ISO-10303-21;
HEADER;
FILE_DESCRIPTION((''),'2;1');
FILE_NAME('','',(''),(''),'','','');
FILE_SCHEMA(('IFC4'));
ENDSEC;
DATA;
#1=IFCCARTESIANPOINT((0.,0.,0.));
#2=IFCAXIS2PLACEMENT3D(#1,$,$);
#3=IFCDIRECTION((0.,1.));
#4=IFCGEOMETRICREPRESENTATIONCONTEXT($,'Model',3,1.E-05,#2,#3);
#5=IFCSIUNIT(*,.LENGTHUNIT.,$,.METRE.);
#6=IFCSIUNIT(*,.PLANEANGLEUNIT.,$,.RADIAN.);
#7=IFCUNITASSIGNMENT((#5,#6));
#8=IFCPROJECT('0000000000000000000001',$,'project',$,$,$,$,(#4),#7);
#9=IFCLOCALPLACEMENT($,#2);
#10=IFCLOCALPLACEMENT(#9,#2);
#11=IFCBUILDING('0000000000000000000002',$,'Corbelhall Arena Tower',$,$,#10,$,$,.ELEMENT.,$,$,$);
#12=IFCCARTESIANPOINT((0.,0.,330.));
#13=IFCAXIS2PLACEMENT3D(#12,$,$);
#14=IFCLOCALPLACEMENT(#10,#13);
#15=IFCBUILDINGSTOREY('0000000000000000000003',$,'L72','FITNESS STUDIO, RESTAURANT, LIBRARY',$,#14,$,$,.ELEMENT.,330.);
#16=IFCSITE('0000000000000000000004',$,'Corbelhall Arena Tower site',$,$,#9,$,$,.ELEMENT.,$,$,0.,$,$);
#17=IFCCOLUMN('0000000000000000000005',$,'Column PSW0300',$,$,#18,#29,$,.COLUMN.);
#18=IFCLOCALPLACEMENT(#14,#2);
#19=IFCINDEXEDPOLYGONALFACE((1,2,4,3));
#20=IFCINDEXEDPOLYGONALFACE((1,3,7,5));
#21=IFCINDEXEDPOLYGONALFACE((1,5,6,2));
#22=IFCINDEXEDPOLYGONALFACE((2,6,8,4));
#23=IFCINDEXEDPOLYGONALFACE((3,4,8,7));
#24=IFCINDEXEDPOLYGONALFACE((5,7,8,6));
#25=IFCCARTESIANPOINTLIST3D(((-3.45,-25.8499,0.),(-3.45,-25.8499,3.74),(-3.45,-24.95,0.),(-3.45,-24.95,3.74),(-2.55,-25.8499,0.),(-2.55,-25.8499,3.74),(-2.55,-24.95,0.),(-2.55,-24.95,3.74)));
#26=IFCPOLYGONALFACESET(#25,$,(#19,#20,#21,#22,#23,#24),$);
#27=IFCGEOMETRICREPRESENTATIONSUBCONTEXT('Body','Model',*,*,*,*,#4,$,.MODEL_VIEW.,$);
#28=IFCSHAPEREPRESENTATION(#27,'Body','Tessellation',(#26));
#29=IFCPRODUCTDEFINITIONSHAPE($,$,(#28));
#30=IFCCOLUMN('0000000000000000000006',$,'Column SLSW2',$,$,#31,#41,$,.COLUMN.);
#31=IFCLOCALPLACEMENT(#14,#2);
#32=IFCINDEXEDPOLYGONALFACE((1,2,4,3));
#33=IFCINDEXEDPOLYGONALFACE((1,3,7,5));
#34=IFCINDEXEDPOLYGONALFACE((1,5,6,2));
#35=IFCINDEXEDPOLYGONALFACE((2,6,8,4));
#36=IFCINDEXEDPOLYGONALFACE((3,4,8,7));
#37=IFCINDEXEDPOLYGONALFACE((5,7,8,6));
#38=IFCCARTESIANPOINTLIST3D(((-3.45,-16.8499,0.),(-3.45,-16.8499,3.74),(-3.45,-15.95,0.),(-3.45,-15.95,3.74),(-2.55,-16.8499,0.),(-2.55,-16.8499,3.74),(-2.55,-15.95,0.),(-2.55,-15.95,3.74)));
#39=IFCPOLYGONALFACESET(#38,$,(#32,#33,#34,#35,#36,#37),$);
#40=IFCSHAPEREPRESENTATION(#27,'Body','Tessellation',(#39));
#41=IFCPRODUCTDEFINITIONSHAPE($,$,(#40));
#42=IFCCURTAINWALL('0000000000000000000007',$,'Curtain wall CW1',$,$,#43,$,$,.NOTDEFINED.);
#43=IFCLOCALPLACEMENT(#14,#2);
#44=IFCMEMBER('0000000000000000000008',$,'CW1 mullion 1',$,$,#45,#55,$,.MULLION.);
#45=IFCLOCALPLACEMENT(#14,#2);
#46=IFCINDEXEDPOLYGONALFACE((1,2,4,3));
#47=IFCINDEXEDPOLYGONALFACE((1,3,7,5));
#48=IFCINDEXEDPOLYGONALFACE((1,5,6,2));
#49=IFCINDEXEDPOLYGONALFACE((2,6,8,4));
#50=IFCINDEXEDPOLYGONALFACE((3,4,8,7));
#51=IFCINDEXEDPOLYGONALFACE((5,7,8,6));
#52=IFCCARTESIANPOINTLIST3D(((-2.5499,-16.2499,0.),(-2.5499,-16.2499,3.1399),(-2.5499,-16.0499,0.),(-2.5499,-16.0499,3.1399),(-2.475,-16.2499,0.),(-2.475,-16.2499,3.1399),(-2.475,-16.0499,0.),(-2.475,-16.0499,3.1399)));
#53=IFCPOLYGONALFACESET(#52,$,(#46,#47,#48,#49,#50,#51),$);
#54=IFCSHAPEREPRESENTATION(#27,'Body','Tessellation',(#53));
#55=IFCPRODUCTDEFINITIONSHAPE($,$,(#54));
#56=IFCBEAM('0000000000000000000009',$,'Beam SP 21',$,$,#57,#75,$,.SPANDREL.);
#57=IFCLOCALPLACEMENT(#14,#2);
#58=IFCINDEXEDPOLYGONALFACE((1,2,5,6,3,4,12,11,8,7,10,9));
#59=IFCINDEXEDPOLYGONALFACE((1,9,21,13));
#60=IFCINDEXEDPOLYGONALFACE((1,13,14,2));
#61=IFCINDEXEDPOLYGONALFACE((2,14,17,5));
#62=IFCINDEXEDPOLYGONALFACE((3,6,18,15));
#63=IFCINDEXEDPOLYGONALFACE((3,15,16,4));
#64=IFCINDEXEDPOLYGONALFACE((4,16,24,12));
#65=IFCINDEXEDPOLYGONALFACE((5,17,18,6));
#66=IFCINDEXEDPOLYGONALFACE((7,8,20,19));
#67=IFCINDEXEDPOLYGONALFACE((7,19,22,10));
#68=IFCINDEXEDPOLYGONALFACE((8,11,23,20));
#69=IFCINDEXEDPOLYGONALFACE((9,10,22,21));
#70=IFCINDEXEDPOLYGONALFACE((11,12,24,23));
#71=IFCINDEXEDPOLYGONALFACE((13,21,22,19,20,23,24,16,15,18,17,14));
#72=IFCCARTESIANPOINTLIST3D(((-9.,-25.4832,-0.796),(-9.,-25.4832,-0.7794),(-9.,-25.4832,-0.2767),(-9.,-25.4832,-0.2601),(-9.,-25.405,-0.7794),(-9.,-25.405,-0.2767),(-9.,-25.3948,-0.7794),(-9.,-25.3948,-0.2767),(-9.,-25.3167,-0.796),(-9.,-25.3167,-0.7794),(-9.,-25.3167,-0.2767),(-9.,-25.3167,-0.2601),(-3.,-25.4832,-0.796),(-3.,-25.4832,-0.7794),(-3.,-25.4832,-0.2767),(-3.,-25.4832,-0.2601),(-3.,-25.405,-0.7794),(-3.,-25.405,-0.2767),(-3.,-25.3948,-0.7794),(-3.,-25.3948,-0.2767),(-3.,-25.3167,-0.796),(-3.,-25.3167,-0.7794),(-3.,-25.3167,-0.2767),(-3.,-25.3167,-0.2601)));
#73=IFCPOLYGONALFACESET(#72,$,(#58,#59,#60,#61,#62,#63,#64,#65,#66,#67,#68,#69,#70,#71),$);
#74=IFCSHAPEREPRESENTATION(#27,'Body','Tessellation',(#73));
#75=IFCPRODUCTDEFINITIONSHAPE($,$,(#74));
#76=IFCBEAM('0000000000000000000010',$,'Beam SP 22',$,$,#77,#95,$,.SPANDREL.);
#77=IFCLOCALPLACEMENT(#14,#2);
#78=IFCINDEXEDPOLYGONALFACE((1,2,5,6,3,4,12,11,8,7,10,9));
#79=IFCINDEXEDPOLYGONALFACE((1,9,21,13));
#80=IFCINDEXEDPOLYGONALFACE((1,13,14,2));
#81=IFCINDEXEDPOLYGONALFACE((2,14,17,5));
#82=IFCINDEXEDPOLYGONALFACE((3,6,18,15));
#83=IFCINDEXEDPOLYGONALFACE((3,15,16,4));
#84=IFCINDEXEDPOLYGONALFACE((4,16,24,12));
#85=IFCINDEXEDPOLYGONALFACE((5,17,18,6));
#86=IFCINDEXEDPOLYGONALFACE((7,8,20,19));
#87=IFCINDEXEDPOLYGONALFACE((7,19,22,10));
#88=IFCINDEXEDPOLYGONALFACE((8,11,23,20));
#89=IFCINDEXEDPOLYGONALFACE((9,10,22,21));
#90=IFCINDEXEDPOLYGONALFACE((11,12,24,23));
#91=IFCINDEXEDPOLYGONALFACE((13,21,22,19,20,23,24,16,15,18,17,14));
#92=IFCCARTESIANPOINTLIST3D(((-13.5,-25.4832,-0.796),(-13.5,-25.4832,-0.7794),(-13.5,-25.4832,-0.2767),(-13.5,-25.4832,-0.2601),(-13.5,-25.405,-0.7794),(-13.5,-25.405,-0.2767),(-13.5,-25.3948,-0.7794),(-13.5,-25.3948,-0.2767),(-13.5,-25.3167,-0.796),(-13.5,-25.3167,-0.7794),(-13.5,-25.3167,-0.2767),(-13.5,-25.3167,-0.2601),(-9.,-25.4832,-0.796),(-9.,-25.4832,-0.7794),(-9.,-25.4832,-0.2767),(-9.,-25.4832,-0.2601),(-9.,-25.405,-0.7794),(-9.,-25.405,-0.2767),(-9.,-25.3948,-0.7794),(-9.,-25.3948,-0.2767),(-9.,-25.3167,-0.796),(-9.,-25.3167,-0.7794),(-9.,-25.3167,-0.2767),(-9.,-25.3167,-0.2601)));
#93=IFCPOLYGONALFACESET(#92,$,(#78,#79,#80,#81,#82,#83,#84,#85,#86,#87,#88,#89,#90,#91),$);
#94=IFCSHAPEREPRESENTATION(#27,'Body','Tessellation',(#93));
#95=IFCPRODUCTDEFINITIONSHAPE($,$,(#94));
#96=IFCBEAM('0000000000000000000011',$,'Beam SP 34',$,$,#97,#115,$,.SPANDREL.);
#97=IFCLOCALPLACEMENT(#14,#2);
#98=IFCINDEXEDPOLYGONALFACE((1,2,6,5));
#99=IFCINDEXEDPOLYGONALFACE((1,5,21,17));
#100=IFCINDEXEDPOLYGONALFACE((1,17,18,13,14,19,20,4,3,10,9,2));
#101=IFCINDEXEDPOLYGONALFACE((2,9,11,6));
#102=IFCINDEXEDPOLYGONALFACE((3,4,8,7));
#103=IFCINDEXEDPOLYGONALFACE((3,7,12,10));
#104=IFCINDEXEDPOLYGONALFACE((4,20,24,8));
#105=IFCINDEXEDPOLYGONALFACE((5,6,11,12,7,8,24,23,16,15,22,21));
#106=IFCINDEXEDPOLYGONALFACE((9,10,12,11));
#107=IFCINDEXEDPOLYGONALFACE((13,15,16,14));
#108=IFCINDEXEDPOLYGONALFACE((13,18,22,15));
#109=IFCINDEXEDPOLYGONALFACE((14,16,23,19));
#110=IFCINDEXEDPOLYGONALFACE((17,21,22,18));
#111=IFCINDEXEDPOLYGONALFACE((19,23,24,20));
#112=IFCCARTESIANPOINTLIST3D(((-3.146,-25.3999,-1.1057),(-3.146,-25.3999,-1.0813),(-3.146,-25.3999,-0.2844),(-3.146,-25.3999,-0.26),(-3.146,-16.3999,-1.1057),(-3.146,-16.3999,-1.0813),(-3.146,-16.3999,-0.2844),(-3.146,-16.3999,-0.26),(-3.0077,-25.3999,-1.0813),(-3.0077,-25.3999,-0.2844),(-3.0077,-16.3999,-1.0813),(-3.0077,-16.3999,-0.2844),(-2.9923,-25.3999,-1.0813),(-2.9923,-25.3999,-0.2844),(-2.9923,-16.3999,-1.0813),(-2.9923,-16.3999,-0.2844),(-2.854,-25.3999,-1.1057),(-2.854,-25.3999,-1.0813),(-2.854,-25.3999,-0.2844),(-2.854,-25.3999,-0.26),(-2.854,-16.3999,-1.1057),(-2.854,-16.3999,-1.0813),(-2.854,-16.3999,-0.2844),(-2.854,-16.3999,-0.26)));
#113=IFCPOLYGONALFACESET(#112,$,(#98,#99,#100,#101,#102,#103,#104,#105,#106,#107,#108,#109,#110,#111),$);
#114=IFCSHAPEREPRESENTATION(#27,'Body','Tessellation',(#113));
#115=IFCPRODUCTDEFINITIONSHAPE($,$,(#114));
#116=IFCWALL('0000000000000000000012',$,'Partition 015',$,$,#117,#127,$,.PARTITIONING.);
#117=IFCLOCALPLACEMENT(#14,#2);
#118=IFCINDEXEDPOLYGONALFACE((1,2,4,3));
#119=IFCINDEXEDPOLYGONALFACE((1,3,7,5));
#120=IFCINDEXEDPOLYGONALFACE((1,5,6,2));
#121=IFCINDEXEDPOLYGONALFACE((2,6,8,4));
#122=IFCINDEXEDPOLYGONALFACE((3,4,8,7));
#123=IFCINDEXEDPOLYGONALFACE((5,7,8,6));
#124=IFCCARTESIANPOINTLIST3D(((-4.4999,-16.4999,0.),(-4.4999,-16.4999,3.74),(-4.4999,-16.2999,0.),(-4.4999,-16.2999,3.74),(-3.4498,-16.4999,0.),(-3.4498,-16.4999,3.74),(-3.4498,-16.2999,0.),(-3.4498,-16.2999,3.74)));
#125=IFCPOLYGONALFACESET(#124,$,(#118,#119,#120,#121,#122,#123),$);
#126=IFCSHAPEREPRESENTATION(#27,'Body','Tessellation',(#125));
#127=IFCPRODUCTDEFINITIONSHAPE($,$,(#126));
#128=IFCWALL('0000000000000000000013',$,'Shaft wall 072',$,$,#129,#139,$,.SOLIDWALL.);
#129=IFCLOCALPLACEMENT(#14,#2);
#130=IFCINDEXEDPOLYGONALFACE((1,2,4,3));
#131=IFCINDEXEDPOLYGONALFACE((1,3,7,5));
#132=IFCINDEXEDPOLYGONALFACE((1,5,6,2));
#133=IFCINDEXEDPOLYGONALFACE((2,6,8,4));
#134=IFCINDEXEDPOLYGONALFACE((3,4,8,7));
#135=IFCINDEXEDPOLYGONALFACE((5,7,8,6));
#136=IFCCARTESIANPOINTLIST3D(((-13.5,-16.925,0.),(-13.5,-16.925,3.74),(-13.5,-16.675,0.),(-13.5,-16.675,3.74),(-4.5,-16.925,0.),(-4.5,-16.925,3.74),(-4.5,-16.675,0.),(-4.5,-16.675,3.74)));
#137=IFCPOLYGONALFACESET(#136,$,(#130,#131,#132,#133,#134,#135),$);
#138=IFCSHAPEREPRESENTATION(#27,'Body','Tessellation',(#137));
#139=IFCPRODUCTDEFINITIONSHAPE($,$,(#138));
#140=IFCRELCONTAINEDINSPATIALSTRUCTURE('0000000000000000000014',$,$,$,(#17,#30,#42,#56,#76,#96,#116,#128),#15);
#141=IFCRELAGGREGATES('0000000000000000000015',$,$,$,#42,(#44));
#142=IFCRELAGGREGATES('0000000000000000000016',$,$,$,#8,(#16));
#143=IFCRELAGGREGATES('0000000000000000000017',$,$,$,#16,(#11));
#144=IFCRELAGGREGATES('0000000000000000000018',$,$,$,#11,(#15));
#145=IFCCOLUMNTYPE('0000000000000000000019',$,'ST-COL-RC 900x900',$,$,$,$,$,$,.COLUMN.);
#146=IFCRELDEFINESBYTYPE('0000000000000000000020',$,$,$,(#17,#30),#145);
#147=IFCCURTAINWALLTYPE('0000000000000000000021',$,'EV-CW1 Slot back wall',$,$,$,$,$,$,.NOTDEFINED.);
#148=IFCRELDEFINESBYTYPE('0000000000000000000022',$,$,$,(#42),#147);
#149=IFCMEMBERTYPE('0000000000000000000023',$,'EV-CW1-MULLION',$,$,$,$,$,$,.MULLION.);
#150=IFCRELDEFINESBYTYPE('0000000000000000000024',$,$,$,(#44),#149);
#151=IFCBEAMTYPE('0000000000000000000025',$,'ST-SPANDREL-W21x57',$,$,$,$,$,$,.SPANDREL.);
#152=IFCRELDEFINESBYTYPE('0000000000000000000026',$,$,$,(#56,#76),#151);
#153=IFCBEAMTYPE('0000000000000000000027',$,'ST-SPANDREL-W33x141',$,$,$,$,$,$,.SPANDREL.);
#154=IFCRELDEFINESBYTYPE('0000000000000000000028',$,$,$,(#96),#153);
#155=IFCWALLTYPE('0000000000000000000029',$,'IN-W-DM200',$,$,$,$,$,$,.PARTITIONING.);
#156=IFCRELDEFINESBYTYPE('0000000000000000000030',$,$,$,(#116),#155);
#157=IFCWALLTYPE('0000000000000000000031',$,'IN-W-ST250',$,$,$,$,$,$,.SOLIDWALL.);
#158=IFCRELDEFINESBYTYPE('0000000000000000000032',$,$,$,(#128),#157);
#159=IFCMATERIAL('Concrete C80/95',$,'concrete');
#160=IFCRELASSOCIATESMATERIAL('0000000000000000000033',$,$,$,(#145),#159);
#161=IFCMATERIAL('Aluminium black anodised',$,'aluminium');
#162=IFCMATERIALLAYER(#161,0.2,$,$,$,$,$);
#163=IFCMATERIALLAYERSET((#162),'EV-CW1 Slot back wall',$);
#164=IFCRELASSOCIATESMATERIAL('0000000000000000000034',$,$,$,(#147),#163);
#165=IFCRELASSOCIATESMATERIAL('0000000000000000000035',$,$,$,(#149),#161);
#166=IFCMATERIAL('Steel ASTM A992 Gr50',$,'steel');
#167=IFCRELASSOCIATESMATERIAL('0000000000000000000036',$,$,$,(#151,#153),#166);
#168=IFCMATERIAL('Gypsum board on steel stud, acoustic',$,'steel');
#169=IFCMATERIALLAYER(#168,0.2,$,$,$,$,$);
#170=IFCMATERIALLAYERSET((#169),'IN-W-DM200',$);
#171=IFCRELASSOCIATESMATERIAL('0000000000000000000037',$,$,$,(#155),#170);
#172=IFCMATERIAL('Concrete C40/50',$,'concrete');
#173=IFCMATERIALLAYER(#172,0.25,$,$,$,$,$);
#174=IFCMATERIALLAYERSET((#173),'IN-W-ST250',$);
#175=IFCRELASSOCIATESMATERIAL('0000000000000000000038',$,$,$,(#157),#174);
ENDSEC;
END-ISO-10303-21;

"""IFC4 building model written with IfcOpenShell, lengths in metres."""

from ifc_helpers import new_model, si_unit, direction, frame, frame_2d, origin, origin_2d, place, context, subcontext, project, spatial, rectangle, i_section, extrude, material, layer, layer_set, material_profile, profile_set, type_object, element, aggregate, save


model = new_model("IFC4")

# Units and contexts
model_context = context("Model", 3, precision=1e-05, world=origin(), true_north=direction((0.0, 1.0)))
body_context = subcontext(model_context, "Body", "Model", "MODEL_VIEW")
ifc_project = project(units=[si_unit("LENGTHUNIT", "METRE"), si_unit("PLANEANGLEUNIT", "RADIAN")], contexts=[model_context])

# Site, building, storey
site_placement = place(None, origin())
site = spatial("IfcSite", under=ifc_project, at=site_placement, Name="Corbelhall Arena Tower site", CompositionType="ELEMENT", RefElevation=0.0)
building_placement = place(site_placement, origin())
building = spatial("IfcBuilding", under=site, at=building_placement, Name="Corbelhall Arena Tower", CompositionType="ELEMENT")
storey_placement = place(building_placement, frame((0.0, 0.0, 330.0)))
storey = spatial("IfcBuildingStorey", under=building, at=storey_placement, Name="L72", Description="FITNESS STUDIO, RESTAURANT, LIBRARY", CompositionType="ELEMENT", Elevation=330.0)

# Columns
ifc_material_1 = material(Name="Concrete C80/95", Category="concrete")
ifc_material_profile_1 = material_profile(ifc_material_1, rectangle(XDim=0.8999, YDim=0.8999, at=origin_2d()))
ifc_profile_set_1 = profile_set([ifc_material_profile_1], Name="Concrete C80/95")
column_type = type_object("IfcColumnType", Name="ST-COL-RC 900x900", PredefinedType="COLUMN", material=ifc_profile_set_1)
for number, where, z_axis, x_axis, name in (
    (1, (-3.0, -25.3999, 0.0), (0.0, 0.0, 1.0), (1.0, 0.0, 0.0), "Column PSW0300"),
    (2, (-3.0, -16.3999, 0.0), (0.0, 0.0, 1.0), (1.0, 0.0, 0.0), "Column SLSW2"),
):
    element("IfcColumn", number, at=place(storey_placement, frame(where, z_axis=z_axis, x_axis=x_axis)), inside=storey, type_object=column_type, Name=name, PredefinedType="COLUMN", context=body_context, shape_type="SweptSolid", body=[
        extrude(rectangle(XDim=0.8999, YDim=0.8999, at=origin_2d()), origin(), (0.0, 0.0, 1.0), 3.74),
    ])

# Curtain wall, member
ifc_material_2 = material(Name="Aluminium black anodised", Category="aluminium")
ifc_layer_1 = layer(ifc_material_2, 0.2)
ifc_layer_set_1 = layer_set([ifc_layer_1], Name="EV-CW1 Slot back wall")
curtain_wall_type = type_object("IfcCurtainWallType", Name="EV-CW1 Slot back wall", PredefinedType="NOTDEFINED", material=ifc_layer_set_1)
curtain_wall_placement = place(storey_placement, origin())
curtain_wall = element("IfcCurtainWall", 3, at=curtain_wall_placement, inside=storey, type_object=curtain_wall_type, Name="Curtain wall CW1", PredefinedType="NOTDEFINED")
ifc_material_profile_2 = material_profile(ifc_material_2, rectangle(XDim=0.2, YDim=0.075, at=origin_2d()))
ifc_profile_set_2 = profile_set([ifc_material_profile_2], Name="Aluminium black anodised")
member_type = type_object("IfcMemberType", Name="EV-CW1-MULLION", PredefinedType="MULLION", material=ifc_profile_set_2)
member_placement = place(storey_placement, frame((-2.5125, -16.1499, 0.0), z_axis=(0.0, 0.0, 1.0), x_axis=(0.0, 1.0, 0.0)))
member = element("IfcMember", 4, at=member_placement, type_object=member_type, Name="CW1 mullion 1", PredefinedType="MULLION", context=body_context, shape_type="SweptSolid", body=[
    extrude(rectangle(XDim=0.2, YDim=0.075, at=origin_2d()), origin(), (0.0, 0.0, 1.0), 3.1399),
])
aggregate(curtain_wall, [member])

# Beams
ifc_material_3 = material(Name="Steel ASTM A992 Gr50", Category="steel")
ifc_material_profile_3 = material_profile(ifc_material_3, i_section(OverallWidth=0.1665, OverallDepth=0.5359, WebThickness=0.0103, FlangeThickness=0.0166, at=origin_2d()))
ifc_profile_set_3 = profile_set([ifc_material_profile_3], Name="Steel ASTM A992 Gr50")
beam_type_1 = type_object("IfcBeamType", Name="ST-SPANDREL-W21x57", PredefinedType="SPANDREL", material=ifc_profile_set_3)
beam_1_placement = place(storey_placement, frame((-3.0, -25.3999, -0.5281), z_axis=(-1.0, 0.0, 0.0), x_axis=(0.0, -1.0, 0.0)))
element("IfcBeam", 5, at=beam_1_placement, inside=storey, type_object=beam_type_1, Name="Beam SP 21", PredefinedType="SPANDREL", context=body_context, shape_type="SweptSolid", body=[
    extrude(i_section(OverallWidth=0.1665, OverallDepth=0.5359, WebThickness=0.0103, FlangeThickness=0.0166, at=origin_2d()), origin(), (0.0, 0.0, 1.0), 6.0),
])
beam_2_placement = place(storey_placement, frame((-9.0, -25.3999, -0.5281), z_axis=(-1.0, 0.0, 0.0), x_axis=(0.0, -1.0, 0.0)))
element("IfcBeam", 6, at=beam_2_placement, inside=storey, type_object=beam_type_1, Name="Beam SP 22", PredefinedType="SPANDREL", context=body_context, shape_type="SweptSolid", body=[
    extrude(i_section(OverallWidth=0.1665, OverallDepth=0.5359, WebThickness=0.0103, FlangeThickness=0.0166, at=origin_2d()), origin(), (0.0, 0.0, 1.0), 4.5),
])
ifc_material_profile_4 = material_profile(ifc_material_3, i_section(OverallWidth=0.292, OverallDepth=0.8457, WebThickness=0.0154, FlangeThickness=0.0244, at=origin_2d()))
ifc_profile_set_4 = profile_set([ifc_material_profile_4], Name="Steel ASTM A992 Gr50")
beam_type_2 = type_object("IfcBeamType", Name="ST-SPANDREL-W33x141", PredefinedType="SPANDREL", material=ifc_profile_set_4)
beam_3_placement = place(storey_placement, frame((-3.0, -16.3999, -0.6829), z_axis=(0.0, -1.0, 0.0), x_axis=(1.0, 0.0, 0.0)))
element("IfcBeam", 7, at=beam_3_placement, inside=storey, type_object=beam_type_2, Name="Beam SP 34", PredefinedType="SPANDREL", context=body_context, shape_type="SweptSolid", body=[
    extrude(i_section(OverallWidth=0.292, OverallDepth=0.8457, WebThickness=0.0154, FlangeThickness=0.0244, at=origin_2d()), origin(), (0.0, 0.0, 1.0), 9.0),
])

# Walls
ifc_material_4 = material(Name="Gypsum board on steel stud, acoustic", Category="steel")
ifc_layer_2 = layer(ifc_material_4, 0.2)
ifc_layer_set_2 = layer_set([ifc_layer_2], Name="IN-W-DM200")
wall_type_1 = type_object("IfcWallType", Name="IN-W-DM200", PredefinedType="PARTITIONING", material=ifc_layer_set_2)
wall_1_placement = place(storey_placement, frame((-3.45, -16.3999, 0.0), z_axis=(0.0, 0.0, 1.0), x_axis=(-1.0, 0.0, 0.0)))
element("IfcWall", 8, at=wall_1_placement, inside=storey, type_object=wall_type_1, Name="Partition 015", PredefinedType="PARTITIONING", context=body_context, shape_type="SweptSolid", body=[
    extrude(rectangle(XDim=1.05, YDim=0.2, at=frame_2d((0.5249, 0.0))), origin(), (0.0, 0.0, 1.0), 3.74),
])
ifc_material_5 = material(Name="Concrete C40/50", Category="concrete")
ifc_layer_3 = layer(ifc_material_5, 0.25)
ifc_layer_set_3 = layer_set([ifc_layer_3], Name="IN-W-ST250")
wall_type_2 = type_object("IfcWallType", Name="IN-W-ST250", PredefinedType="SOLIDWALL", material=ifc_layer_set_3)
wall_2_placement = place(storey_placement, frame((-4.5, -16.8, 0.0), z_axis=(0.0, 0.0, 1.0), x_axis=(-1.0, 0.0, 0.0)))
element("IfcWall", 9, at=wall_2_placement, inside=storey, type_object=wall_type_2, Name="Shaft wall 072", PredefinedType="SOLIDWALL", context=body_context, shape_type="SweptSolid", body=[
    extrude(rectangle(XDim=9.0, YDim=0.25, at=frame_2d((4.5, 0.0))), origin(), (0.0, 0.0, 1.0), 3.74),
])

save(model, "model.ifc")
